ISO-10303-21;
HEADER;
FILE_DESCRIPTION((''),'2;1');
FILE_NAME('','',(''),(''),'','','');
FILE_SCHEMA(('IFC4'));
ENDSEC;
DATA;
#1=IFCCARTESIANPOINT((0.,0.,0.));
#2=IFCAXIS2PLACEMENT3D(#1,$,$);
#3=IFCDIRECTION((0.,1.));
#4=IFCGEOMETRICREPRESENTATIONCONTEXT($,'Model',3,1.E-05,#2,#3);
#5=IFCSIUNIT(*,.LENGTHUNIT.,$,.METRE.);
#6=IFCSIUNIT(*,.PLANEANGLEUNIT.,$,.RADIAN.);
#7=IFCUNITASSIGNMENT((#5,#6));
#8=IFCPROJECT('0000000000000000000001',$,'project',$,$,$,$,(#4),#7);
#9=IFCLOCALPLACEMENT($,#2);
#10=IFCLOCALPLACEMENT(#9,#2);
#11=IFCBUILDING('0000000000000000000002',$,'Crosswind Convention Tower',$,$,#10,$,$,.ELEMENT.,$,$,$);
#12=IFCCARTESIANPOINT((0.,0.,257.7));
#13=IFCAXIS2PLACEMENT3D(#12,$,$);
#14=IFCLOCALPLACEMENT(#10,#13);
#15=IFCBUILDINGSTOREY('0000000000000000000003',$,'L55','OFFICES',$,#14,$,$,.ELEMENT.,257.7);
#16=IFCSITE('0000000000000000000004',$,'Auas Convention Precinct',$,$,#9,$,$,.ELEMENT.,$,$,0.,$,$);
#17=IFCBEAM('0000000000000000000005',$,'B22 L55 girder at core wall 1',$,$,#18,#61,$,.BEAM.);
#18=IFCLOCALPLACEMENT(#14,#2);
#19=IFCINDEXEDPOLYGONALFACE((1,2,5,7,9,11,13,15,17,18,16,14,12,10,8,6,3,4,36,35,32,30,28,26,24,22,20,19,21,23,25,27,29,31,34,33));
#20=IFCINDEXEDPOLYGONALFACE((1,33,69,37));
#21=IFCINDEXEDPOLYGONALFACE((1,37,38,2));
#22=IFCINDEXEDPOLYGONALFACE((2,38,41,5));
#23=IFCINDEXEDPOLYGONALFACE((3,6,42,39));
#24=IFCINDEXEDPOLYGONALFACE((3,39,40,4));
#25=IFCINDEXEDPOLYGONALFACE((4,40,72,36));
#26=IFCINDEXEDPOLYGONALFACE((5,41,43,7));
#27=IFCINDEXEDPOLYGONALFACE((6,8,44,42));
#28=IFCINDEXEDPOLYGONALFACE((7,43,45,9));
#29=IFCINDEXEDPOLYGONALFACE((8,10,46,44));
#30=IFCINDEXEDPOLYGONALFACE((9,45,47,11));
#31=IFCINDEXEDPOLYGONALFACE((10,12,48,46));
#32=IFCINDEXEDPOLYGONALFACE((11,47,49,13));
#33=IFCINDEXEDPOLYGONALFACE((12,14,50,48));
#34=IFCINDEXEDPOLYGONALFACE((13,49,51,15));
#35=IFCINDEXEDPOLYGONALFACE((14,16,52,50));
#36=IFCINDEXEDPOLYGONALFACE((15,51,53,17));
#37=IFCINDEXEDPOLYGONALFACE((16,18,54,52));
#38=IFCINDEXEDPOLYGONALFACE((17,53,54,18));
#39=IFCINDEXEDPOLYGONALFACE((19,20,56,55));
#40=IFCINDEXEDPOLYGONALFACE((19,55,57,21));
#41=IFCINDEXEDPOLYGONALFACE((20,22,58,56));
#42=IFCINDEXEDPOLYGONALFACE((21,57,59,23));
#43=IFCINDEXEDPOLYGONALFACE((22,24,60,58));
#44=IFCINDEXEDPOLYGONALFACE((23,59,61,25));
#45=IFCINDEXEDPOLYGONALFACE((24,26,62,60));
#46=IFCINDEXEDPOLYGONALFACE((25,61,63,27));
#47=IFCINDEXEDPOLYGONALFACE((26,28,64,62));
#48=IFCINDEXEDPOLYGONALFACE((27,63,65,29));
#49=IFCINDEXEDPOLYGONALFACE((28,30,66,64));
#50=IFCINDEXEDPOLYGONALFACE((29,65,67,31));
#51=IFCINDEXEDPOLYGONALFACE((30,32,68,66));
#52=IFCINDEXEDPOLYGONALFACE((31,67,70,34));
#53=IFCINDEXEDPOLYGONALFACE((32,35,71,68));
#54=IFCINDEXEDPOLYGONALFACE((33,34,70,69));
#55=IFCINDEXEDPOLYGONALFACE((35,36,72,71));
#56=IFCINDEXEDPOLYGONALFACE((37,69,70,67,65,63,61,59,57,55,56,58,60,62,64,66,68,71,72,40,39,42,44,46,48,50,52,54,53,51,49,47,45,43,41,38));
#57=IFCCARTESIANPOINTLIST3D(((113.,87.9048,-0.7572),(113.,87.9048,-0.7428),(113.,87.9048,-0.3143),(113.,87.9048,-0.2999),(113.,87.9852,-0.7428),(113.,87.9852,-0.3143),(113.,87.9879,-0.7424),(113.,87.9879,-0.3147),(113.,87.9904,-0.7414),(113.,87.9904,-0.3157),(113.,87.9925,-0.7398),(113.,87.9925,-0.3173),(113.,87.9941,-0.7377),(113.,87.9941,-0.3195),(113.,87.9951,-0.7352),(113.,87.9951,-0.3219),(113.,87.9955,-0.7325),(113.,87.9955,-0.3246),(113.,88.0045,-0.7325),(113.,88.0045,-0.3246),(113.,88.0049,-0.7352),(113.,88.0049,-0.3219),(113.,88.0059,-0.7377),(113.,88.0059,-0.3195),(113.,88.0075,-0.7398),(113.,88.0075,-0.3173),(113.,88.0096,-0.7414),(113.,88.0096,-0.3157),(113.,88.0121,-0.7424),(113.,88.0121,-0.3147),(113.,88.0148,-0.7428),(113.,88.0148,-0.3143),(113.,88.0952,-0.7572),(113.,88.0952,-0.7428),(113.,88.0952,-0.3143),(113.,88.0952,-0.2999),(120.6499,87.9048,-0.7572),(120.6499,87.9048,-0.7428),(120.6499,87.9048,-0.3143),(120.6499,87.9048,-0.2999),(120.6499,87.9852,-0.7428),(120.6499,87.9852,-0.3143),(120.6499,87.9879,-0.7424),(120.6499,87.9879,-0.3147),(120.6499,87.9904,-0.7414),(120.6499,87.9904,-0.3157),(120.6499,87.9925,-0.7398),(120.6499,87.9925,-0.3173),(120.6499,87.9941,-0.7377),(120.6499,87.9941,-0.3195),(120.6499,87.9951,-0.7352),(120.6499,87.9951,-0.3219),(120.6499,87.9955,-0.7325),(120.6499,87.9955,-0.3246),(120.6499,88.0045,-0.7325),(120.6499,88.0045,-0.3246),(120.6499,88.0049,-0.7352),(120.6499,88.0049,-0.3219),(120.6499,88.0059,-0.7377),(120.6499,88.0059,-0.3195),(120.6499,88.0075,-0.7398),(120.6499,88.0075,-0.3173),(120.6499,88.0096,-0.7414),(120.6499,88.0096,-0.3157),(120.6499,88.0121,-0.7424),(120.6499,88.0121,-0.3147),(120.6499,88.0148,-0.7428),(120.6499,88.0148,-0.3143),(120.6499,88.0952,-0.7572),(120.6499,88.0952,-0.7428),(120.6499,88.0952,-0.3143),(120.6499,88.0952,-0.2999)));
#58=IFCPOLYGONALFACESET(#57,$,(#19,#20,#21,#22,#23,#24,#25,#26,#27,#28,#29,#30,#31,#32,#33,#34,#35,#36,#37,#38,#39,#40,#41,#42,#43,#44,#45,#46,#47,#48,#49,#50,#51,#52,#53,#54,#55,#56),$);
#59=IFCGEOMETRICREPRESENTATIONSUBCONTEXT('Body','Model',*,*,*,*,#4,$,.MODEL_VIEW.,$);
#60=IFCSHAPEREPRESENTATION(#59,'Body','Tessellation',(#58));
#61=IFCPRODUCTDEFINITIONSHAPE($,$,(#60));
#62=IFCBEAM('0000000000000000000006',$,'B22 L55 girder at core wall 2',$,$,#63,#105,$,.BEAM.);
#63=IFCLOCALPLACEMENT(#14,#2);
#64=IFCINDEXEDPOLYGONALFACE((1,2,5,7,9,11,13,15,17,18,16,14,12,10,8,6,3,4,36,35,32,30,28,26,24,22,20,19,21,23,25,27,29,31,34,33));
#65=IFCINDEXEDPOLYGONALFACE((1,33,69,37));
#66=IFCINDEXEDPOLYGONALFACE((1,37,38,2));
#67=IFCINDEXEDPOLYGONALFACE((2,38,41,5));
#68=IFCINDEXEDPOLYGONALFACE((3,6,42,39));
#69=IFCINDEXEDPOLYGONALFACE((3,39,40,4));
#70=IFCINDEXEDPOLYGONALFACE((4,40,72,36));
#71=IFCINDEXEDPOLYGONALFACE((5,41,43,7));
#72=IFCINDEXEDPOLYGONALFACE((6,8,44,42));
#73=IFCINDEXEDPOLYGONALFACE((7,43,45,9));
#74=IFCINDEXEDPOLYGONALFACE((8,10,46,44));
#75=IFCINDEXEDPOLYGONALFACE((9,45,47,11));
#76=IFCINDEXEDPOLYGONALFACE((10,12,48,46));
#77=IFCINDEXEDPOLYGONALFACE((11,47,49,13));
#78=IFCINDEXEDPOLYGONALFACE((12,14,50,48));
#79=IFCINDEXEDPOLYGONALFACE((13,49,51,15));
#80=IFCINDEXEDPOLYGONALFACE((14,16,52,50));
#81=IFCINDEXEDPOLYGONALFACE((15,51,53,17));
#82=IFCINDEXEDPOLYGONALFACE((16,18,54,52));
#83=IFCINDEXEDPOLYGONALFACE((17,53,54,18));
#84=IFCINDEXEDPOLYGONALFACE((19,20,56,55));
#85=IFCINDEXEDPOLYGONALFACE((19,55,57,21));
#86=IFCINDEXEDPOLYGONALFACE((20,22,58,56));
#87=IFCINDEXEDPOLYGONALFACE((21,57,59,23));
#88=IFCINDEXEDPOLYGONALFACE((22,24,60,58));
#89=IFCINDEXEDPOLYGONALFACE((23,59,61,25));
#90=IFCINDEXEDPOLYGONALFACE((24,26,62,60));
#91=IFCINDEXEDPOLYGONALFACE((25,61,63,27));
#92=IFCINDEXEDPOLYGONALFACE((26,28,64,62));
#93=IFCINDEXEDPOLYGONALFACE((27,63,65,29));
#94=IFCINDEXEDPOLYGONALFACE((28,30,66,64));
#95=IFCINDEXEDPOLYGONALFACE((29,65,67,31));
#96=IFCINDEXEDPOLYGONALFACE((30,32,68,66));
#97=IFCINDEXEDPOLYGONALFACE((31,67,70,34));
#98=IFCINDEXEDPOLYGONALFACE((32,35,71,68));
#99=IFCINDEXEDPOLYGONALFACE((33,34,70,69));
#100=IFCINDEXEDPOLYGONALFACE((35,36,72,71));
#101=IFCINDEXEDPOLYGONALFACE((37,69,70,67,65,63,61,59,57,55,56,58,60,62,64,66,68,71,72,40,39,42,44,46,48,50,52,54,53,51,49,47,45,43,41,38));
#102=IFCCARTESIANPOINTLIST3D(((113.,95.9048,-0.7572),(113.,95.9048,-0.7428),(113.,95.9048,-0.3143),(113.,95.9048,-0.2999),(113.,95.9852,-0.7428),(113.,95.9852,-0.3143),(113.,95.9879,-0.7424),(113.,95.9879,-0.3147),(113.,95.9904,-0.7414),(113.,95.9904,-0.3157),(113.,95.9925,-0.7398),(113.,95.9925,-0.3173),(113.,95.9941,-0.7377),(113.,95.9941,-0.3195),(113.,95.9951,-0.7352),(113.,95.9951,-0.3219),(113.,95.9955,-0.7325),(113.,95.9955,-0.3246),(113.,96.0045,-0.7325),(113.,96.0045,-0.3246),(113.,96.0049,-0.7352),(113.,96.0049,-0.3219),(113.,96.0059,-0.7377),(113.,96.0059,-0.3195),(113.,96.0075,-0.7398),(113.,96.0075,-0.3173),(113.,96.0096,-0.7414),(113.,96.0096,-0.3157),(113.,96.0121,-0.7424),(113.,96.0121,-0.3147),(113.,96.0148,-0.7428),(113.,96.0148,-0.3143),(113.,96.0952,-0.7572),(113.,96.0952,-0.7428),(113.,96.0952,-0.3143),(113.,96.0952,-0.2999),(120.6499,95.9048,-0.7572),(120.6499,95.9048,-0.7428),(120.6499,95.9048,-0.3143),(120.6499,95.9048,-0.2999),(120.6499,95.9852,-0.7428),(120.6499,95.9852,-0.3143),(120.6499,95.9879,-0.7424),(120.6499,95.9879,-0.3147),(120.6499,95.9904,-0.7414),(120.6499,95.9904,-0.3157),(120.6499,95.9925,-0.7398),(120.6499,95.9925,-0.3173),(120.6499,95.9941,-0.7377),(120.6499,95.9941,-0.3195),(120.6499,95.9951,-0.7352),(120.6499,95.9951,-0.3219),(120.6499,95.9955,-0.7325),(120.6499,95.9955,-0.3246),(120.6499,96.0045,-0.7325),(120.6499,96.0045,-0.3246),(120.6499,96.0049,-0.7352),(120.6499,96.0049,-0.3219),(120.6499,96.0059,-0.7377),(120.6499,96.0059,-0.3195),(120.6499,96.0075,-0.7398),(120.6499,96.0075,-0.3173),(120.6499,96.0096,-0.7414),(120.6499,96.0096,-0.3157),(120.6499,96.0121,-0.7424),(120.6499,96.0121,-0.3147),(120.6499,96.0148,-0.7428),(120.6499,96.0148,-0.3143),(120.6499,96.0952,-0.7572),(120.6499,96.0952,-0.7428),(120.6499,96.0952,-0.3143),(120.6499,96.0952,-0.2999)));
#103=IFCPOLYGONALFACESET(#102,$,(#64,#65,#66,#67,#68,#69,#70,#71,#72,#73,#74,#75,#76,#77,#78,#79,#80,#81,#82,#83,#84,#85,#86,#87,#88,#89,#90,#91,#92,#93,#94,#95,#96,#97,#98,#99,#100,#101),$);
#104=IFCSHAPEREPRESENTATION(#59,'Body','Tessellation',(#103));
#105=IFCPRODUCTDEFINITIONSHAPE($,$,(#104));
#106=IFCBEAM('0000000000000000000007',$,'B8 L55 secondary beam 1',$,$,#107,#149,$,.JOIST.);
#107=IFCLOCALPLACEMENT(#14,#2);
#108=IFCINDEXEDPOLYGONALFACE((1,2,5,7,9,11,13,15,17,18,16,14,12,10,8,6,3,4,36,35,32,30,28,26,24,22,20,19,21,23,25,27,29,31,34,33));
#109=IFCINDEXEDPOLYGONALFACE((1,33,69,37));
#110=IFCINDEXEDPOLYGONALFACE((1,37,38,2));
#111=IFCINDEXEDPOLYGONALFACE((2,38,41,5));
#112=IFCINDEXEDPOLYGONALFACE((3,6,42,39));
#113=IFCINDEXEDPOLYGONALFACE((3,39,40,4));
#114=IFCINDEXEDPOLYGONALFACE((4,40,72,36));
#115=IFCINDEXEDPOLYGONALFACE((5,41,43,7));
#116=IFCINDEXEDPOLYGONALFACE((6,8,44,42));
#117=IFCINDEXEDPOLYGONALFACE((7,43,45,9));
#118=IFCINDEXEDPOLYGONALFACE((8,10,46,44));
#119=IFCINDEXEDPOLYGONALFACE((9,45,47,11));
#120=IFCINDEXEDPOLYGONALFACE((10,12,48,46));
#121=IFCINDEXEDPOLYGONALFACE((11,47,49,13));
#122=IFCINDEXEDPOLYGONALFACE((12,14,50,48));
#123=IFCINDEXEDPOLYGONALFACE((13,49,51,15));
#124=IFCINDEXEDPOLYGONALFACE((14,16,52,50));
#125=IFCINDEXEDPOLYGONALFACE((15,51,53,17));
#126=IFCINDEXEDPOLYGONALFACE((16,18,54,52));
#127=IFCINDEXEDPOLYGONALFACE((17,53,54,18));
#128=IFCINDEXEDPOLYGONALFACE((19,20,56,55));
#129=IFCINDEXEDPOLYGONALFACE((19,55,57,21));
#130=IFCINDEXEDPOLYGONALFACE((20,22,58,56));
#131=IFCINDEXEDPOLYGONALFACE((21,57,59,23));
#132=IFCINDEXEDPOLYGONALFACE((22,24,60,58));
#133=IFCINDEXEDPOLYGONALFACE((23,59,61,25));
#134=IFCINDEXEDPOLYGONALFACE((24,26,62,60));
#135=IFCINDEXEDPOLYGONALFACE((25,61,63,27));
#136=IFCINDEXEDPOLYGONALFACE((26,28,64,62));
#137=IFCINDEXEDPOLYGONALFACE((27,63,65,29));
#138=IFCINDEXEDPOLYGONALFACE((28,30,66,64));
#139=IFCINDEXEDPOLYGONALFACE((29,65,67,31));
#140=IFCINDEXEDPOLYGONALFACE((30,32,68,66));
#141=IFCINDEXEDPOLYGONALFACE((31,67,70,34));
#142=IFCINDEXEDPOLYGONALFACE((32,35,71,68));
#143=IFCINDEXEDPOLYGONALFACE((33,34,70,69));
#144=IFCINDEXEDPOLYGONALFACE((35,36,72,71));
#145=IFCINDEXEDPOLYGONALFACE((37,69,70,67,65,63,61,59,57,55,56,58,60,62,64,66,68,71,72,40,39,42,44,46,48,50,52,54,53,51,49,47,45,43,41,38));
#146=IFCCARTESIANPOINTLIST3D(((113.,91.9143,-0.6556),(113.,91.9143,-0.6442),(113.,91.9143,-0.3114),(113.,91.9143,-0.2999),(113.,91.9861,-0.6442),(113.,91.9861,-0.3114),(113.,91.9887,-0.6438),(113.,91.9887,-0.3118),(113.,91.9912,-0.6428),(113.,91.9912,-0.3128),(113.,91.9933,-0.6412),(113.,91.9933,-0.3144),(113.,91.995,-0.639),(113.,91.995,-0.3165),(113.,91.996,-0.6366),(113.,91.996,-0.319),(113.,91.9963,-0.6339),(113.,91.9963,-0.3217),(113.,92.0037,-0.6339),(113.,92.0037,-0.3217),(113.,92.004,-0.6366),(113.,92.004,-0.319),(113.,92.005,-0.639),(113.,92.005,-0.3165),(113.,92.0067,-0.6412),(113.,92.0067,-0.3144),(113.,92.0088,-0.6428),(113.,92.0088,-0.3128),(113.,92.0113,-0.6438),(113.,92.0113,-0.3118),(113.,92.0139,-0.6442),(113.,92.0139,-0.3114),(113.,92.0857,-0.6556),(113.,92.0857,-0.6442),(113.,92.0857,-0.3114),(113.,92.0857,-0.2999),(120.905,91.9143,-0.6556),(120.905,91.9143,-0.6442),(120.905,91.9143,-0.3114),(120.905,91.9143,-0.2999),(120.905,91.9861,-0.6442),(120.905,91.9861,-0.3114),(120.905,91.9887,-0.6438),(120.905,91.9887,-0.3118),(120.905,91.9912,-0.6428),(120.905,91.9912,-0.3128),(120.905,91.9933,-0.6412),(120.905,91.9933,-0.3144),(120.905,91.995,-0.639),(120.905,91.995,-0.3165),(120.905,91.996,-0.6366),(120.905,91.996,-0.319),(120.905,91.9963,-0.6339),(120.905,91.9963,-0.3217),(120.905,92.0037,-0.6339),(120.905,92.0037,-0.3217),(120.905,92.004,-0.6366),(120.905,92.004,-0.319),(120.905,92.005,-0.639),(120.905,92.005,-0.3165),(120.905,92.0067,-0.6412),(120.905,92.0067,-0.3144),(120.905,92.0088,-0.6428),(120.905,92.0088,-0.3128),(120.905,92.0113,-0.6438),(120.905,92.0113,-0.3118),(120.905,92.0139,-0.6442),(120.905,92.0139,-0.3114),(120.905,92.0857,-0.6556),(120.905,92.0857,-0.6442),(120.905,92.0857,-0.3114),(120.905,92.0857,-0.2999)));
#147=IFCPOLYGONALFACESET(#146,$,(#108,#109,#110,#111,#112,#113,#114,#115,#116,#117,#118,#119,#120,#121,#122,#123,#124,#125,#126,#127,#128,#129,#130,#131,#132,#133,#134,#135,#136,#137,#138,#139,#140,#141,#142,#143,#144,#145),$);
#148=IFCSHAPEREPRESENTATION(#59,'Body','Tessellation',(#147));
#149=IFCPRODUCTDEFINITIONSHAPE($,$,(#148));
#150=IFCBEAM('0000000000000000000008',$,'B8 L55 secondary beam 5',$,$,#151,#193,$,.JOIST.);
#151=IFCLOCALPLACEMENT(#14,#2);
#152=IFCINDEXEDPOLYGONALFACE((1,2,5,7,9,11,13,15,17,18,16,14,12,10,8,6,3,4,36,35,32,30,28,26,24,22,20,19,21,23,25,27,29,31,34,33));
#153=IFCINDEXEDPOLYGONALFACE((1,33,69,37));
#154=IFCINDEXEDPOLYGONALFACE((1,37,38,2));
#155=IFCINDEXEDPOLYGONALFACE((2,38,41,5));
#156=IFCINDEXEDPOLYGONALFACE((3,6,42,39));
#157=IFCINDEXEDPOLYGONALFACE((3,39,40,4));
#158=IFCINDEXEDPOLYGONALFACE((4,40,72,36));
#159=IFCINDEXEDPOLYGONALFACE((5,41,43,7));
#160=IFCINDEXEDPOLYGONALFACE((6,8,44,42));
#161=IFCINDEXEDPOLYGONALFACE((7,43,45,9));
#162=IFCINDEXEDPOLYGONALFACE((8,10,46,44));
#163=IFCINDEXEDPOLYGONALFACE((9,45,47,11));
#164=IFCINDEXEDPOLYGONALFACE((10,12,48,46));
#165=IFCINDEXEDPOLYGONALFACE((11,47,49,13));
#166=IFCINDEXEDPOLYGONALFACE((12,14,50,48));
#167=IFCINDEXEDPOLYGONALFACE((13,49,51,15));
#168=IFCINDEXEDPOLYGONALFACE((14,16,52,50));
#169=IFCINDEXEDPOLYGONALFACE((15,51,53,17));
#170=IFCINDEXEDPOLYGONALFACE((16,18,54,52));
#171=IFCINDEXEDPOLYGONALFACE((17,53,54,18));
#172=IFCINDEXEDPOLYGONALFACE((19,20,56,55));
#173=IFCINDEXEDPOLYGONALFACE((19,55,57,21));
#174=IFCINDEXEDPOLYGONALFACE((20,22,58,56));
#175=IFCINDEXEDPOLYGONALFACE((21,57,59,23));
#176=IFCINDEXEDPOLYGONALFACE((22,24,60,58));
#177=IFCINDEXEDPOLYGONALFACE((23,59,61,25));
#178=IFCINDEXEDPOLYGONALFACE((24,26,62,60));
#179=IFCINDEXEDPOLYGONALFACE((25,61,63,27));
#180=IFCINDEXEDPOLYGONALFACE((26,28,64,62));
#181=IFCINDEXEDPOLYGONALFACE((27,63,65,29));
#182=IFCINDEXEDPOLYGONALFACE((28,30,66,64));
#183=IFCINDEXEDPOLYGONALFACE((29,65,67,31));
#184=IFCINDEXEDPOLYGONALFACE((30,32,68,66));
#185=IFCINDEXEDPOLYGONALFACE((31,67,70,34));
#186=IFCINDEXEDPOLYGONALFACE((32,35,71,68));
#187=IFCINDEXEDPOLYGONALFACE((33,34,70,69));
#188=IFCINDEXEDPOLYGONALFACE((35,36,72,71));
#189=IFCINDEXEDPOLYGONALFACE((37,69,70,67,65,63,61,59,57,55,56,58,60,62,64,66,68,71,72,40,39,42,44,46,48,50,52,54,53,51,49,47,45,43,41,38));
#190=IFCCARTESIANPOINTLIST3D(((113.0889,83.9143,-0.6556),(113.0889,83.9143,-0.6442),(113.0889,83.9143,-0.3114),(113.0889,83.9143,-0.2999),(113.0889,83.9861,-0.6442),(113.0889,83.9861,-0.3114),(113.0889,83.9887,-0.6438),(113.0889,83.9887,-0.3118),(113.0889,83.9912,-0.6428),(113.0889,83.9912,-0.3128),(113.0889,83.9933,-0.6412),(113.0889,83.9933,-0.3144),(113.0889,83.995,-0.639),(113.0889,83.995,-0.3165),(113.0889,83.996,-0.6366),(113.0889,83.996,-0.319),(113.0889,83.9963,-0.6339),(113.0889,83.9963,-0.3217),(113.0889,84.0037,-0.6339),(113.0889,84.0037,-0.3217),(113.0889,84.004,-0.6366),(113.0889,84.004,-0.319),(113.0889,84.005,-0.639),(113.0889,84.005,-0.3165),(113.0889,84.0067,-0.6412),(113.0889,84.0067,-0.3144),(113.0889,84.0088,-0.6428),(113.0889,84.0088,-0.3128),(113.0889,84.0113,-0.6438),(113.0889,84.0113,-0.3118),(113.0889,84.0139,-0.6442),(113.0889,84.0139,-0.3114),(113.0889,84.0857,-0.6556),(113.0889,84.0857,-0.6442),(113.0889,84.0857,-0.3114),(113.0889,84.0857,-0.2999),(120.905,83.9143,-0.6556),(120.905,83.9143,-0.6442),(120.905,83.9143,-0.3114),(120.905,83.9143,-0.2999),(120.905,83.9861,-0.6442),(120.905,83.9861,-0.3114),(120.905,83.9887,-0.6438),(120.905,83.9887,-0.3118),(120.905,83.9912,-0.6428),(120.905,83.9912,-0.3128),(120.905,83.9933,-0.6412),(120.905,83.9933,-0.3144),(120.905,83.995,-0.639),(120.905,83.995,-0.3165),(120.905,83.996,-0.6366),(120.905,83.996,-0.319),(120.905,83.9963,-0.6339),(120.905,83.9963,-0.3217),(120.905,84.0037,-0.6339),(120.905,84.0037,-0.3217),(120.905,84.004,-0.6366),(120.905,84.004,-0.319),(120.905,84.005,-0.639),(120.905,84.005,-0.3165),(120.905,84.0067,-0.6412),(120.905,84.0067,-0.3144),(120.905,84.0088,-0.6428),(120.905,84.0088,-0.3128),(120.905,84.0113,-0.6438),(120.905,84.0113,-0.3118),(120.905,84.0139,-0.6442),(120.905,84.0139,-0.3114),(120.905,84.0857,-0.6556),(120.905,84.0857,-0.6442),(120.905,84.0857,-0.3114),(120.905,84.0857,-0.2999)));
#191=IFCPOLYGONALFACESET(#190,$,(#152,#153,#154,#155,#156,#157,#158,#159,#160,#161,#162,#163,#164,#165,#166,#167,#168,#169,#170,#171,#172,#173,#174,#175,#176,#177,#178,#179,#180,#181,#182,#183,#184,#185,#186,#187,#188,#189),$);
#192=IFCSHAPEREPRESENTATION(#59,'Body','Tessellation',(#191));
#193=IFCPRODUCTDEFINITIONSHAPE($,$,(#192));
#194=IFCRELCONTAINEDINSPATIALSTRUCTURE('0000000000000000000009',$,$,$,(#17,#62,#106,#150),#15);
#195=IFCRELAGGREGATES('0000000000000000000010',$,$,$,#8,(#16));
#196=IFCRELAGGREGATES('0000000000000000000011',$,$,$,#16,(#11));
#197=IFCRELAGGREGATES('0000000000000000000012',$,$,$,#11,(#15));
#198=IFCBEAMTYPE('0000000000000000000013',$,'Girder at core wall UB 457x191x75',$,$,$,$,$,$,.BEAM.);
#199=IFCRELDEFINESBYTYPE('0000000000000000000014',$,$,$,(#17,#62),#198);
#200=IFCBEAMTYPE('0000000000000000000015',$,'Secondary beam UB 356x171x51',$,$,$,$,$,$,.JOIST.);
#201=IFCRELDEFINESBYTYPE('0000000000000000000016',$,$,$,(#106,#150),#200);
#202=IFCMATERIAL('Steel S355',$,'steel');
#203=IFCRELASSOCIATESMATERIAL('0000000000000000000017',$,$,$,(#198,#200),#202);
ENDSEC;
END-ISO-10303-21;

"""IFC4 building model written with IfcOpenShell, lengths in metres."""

from ifc_helpers import new_model, si_unit, direction, frame, origin, origin_2d, place, context, subcontext, project, spatial, i_section, extrude, material, material_profile, profile_set, type_object, element, save


model = new_model("IFC4")

# Units and contexts
model_context = context("Model", 3, precision=1e-05, world=origin(), true_north=direction((0.0, 1.0)))
body_context = subcontext(model_context, "Body", "Model", "MODEL_VIEW")
ifc_project = project(units=[si_unit("LENGTHUNIT", "METRE"), si_unit("PLANEANGLEUNIT", "RADIAN")], contexts=[model_context])

# Site, building, storey
site_placement = place(None, origin())
site = spatial("IfcSite", under=ifc_project, at=site_placement, Name="Auas Convention Precinct", CompositionType="ELEMENT", RefElevation=0.0)
building_placement = place(site_placement, origin())
building = spatial("IfcBuilding", under=site, at=building_placement, Name="Crosswind Convention Tower", CompositionType="ELEMENT")
storey_placement = place(building_placement, frame((0.0, 0.0, 257.7)))
storey = spatial("IfcBuildingStorey", under=building, at=storey_placement, Name="L55", Description="OFFICES", CompositionType="ELEMENT", Elevation=257.7)

# Beams
ifc_material_1 = material(Name="Steel S355", Category="steel")
ifc_material_profile_1 = material_profile(ifc_material_1, i_section(OverallWidth=0.1904, OverallDepth=0.4573, WebThickness=0.009, FlangeThickness=0.0144, FilletRadius=0.0103, at=origin_2d()), Name="UB 457x191x75")
ifc_profile_set_1 = profile_set([ifc_material_profile_1], Name="Steel S355")
beam_type_1 = type_object("IfcBeamType", Name="Girder at core wall UB 457x191x75", PredefinedType="BEAM", material=ifc_profile_set_1)
for number, where, z_axis, x_axis, name in (
    (1, (113.0, 88.0, -0.5286), (1.0, 0.0, 0.0), (0.0, 1.0, 0.0), "B22 L55 girder at core wall 1"),
    (2, (113.0, 96.0, -0.5286), (1.0, 0.0, 0.0), (0.0, 1.0, 0.0), "B22 L55 girder at core wall 2"),
):
    element("IfcBeam", number, at=place(storey_placement, frame(where, z_axis=z_axis, x_axis=x_axis)), inside=storey, type_object=beam_type_1, Name=name, PredefinedType="BEAM", context=body_context, shape_type="SweptSolid", body=[
        extrude(i_section(OverallWidth=0.1904, OverallDepth=0.4573, WebThickness=0.009, FlangeThickness=0.0144, FilletRadius=0.0103, at=origin_2d()), origin(), (0.0, 0.0, 1.0), 7.6499),
    ])
ifc_material_profile_2 = material_profile(ifc_material_1, i_section(OverallWidth=0.1714, OverallDepth=0.3557, WebThickness=0.0073, FlangeThickness=0.0115, FilletRadius=0.0103, at=origin_2d()), Name="UB 356x171x51")
ifc_profile_set_2 = profile_set([ifc_material_profile_2], Name="Steel S355")
beam_type_2 = type_object("IfcBeamType", Name="Secondary beam UB 356x171x51", PredefinedType="JOIST", material=ifc_profile_set_2)
beam_1_placement = place(storey_placement, frame((113.0, 92.0, -0.4778), z_axis=(1.0, 0.0, 0.0), x_axis=(0.0, 1.0, 0.0)))
element("IfcBeam", 3, at=beam_1_placement, inside=storey, type_object=beam_type_2, Name="B8 L55 secondary beam 1", PredefinedType="JOIST", context=body_context, shape_type="SweptSolid", body=[
    extrude(i_section(OverallWidth=0.1714, OverallDepth=0.3557, WebThickness=0.0073, FlangeThickness=0.0115, FilletRadius=0.0103, at=origin_2d()), origin(), (0.0, 0.0, 1.0), 7.905),
])
beam_2_placement = place(storey_placement, frame((113.0889, 84.0, -0.4778), z_axis=(1.0, 0.0, 0.0), x_axis=(0.0, 1.0, 0.0)))
element("IfcBeam", 4, at=beam_2_placement, inside=storey, type_object=beam_type_2, Name="B8 L55 secondary beam 5", PredefinedType="JOIST", context=body_context, shape_type="SweptSolid", body=[
    extrude(i_section(OverallWidth=0.1714, OverallDepth=0.3557, WebThickness=0.0073, FlangeThickness=0.0115, FilletRadius=0.0103, at=origin_2d()), origin(), (0.0, 0.0, 1.0), 7.8162),
])

save(model, "model.ifc")
